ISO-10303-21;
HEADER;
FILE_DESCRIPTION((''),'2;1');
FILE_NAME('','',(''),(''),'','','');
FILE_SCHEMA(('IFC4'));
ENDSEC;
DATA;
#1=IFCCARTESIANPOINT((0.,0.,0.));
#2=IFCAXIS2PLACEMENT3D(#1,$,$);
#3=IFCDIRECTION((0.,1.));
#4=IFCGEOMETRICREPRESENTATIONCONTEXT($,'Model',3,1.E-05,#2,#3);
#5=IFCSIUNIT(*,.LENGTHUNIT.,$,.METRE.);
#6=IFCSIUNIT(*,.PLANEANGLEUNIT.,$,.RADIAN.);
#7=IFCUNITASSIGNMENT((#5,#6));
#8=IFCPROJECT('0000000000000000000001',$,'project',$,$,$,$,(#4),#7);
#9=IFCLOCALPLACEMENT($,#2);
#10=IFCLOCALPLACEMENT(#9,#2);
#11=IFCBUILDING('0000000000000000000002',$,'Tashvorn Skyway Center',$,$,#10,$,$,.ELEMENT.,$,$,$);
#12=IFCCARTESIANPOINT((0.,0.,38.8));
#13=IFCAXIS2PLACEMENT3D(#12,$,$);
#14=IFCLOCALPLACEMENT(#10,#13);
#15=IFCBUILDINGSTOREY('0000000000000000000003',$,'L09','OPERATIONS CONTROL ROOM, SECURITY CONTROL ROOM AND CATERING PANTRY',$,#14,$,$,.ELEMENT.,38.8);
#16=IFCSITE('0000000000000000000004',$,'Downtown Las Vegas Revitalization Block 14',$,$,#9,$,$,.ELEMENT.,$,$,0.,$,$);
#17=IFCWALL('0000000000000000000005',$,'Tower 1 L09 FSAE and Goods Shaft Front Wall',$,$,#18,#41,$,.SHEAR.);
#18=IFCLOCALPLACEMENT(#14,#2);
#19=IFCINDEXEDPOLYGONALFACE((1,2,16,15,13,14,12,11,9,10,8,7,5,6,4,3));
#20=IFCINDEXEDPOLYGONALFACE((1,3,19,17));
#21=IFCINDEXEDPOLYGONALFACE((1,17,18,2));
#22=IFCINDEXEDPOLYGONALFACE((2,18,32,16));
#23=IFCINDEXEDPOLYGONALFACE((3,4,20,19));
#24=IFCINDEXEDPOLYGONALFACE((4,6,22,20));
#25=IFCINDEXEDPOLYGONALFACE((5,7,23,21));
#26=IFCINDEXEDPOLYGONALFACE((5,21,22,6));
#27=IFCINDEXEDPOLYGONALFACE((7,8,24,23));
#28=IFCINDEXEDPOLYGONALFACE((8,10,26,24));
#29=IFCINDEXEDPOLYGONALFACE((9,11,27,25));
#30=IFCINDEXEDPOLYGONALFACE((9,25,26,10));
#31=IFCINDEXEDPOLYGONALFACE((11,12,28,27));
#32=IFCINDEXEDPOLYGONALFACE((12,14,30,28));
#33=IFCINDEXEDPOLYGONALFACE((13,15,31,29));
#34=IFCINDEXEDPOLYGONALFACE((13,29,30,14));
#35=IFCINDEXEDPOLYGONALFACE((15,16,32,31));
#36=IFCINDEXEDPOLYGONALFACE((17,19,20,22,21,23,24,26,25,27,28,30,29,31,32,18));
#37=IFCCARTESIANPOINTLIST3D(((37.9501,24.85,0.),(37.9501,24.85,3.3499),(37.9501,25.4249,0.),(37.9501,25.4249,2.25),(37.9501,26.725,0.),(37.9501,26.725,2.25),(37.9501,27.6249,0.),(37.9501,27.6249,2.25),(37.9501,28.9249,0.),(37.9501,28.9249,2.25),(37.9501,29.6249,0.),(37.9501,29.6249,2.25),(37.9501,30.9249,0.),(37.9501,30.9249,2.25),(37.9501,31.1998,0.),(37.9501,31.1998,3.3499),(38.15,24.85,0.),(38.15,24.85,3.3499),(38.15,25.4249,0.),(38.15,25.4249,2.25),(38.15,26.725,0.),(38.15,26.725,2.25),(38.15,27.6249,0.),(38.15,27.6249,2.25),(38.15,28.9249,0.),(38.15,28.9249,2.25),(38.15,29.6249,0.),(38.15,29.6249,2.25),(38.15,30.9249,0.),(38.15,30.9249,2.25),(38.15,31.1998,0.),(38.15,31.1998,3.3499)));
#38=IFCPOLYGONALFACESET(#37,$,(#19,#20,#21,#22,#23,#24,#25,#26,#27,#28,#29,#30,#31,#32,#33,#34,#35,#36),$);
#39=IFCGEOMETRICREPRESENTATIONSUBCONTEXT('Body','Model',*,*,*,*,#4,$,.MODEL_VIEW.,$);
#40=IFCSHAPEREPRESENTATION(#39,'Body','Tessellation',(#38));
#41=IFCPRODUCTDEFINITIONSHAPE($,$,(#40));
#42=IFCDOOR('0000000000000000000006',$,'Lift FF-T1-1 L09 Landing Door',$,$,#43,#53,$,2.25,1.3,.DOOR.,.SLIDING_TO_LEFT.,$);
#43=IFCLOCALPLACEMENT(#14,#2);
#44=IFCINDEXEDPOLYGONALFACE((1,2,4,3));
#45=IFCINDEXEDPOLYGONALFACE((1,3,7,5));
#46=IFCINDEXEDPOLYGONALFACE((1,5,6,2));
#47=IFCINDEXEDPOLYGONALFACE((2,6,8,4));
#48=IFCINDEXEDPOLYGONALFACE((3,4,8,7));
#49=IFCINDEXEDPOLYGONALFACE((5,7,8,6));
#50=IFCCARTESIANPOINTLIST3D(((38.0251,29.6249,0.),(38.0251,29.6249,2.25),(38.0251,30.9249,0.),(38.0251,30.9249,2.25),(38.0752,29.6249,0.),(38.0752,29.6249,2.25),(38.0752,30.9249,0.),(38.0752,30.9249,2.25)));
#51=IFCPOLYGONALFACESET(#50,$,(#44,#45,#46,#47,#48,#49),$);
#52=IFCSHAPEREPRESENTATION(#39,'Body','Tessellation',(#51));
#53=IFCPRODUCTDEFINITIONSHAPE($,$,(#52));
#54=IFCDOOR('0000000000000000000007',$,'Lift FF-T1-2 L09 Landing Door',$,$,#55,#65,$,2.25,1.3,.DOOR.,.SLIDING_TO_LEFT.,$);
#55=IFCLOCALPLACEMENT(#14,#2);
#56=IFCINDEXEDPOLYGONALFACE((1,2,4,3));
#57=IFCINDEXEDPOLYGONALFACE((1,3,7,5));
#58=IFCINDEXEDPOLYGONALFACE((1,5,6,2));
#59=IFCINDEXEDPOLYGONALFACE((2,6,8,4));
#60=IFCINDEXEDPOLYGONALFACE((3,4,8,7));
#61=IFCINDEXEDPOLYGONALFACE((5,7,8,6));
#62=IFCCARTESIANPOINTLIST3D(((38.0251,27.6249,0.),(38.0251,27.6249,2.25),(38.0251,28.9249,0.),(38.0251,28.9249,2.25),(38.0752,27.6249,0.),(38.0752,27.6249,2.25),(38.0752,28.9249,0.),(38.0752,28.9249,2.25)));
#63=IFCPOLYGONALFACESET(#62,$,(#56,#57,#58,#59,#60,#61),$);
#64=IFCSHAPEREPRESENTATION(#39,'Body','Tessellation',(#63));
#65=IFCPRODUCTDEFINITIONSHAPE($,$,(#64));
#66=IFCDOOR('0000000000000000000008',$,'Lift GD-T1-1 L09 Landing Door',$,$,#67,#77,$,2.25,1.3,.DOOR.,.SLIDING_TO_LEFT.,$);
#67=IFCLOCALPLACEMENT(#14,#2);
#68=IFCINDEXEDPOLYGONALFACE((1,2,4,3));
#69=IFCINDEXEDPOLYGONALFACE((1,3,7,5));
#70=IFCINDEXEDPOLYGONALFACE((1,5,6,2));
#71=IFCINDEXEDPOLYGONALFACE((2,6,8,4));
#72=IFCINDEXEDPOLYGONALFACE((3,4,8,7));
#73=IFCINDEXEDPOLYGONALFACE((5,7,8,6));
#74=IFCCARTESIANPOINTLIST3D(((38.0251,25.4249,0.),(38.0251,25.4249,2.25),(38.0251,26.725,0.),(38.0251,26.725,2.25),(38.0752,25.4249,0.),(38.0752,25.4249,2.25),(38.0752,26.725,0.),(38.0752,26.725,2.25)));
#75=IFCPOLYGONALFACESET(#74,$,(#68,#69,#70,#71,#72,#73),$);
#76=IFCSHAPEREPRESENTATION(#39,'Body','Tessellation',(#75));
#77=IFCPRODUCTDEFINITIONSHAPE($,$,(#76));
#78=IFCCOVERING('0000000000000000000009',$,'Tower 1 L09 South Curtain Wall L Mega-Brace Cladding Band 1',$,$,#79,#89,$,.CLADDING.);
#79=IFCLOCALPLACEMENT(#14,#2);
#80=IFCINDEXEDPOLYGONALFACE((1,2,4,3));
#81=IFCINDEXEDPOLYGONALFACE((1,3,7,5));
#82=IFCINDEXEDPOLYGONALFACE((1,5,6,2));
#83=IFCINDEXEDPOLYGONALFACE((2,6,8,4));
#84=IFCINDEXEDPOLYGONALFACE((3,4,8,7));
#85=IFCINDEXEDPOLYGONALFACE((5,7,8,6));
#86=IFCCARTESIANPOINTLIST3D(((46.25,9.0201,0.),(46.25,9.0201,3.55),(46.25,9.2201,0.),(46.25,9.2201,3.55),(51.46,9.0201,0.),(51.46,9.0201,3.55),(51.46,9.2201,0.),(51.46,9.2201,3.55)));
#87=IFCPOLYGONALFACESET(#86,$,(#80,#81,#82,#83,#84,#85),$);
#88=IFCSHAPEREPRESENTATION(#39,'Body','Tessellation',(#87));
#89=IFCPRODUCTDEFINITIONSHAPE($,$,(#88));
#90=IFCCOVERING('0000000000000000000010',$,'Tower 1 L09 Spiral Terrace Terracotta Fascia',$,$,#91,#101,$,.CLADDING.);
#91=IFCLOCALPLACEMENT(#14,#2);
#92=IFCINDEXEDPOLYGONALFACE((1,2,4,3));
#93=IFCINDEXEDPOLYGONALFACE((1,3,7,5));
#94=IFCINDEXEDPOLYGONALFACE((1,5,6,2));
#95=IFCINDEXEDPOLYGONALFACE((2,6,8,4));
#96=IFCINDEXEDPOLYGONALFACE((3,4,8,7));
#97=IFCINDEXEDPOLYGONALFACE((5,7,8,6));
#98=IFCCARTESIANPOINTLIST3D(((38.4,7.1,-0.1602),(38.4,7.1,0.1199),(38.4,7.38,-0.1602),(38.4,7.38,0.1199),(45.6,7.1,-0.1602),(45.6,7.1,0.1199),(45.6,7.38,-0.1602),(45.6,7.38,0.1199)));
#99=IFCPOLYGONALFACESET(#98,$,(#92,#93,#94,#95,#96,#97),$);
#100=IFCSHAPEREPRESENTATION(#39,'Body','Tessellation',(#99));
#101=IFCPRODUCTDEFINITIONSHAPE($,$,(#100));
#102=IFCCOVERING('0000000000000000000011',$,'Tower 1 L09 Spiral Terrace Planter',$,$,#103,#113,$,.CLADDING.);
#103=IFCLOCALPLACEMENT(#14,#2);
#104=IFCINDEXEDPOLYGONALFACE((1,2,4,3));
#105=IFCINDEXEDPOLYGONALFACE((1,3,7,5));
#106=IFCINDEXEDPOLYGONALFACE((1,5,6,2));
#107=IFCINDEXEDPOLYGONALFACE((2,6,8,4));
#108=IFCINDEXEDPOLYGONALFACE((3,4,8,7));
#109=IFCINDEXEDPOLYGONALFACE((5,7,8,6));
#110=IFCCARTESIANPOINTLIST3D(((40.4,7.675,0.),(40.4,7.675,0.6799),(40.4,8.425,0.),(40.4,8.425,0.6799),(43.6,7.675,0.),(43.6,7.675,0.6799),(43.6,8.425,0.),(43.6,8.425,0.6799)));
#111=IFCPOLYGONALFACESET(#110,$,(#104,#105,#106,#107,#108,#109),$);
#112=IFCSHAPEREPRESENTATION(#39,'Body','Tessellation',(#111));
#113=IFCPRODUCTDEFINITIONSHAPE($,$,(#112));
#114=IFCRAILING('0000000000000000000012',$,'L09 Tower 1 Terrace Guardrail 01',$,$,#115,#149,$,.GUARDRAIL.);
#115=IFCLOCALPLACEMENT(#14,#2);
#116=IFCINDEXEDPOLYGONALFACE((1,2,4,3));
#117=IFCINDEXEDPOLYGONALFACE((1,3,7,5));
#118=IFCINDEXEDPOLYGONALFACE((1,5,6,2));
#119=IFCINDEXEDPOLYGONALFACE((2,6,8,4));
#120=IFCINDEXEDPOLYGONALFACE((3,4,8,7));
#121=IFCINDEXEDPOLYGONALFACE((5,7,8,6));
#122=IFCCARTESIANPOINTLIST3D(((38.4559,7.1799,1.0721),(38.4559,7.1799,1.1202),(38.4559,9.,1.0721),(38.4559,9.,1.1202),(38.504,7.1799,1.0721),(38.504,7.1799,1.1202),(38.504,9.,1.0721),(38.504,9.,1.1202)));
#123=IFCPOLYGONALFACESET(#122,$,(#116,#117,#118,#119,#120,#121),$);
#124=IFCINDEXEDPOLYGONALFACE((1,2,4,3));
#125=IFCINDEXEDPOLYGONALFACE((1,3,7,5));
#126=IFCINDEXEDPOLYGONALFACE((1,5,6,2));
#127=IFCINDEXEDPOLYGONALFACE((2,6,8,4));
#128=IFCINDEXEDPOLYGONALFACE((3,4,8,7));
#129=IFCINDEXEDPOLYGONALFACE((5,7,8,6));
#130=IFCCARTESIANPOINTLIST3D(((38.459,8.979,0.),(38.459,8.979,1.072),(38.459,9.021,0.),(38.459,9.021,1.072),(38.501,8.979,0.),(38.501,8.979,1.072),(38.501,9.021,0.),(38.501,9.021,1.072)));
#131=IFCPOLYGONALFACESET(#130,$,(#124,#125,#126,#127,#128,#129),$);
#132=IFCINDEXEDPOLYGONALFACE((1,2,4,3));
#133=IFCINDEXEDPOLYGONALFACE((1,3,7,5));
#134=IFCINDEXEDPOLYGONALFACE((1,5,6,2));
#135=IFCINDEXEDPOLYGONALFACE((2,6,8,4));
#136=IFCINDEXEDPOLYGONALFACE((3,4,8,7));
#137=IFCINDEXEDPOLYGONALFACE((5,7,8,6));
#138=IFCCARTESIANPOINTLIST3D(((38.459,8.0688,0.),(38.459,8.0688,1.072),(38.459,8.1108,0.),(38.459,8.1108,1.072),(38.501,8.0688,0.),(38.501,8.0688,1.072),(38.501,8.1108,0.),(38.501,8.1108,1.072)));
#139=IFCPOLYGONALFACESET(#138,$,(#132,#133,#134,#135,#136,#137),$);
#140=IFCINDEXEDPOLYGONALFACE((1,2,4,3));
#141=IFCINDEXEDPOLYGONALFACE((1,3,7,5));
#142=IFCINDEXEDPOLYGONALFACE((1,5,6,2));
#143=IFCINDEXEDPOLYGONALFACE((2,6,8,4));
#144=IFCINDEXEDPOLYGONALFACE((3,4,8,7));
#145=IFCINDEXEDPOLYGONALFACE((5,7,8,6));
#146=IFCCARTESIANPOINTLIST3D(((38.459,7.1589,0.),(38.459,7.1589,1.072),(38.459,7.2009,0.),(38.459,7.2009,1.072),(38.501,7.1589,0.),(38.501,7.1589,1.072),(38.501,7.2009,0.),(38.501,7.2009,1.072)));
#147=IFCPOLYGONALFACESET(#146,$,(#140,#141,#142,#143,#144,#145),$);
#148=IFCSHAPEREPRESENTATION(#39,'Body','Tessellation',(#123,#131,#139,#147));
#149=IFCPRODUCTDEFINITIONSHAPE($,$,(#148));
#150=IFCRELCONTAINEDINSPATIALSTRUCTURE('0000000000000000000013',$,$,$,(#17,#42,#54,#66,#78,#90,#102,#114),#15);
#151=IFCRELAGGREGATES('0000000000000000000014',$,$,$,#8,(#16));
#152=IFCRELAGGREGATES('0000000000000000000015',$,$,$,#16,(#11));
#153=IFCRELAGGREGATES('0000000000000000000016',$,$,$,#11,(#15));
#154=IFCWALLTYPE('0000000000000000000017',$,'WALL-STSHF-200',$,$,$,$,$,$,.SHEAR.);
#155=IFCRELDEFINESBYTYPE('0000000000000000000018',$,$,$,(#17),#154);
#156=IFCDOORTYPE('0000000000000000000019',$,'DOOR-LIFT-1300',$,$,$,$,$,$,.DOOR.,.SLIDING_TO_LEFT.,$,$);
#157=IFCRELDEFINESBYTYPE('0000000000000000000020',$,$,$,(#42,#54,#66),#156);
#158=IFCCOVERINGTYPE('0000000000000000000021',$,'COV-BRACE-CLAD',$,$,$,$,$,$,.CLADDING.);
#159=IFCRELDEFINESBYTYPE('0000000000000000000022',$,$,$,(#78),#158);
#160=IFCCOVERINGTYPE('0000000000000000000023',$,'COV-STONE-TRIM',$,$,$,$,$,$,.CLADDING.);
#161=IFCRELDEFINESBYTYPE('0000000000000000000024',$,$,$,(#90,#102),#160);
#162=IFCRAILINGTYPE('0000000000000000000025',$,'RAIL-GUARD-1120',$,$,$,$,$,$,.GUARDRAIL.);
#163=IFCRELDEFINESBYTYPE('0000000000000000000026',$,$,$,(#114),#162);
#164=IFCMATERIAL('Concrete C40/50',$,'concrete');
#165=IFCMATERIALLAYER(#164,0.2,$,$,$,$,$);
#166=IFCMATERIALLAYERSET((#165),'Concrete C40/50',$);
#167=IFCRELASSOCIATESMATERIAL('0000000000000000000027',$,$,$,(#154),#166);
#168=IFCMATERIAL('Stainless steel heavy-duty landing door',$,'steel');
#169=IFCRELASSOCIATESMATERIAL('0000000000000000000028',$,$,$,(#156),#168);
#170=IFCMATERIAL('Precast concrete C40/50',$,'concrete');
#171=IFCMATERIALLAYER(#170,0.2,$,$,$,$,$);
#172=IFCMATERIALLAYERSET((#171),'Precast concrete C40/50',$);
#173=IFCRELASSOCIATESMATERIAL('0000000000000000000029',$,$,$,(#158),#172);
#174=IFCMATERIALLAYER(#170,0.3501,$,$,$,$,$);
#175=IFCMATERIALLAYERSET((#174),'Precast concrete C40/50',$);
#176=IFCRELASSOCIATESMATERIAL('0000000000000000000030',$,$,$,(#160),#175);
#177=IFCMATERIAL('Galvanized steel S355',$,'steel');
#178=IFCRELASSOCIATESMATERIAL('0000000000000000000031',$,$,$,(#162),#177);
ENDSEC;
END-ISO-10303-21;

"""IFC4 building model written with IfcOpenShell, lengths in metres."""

from ifc_helpers import new_model, si_unit, direction, frame, frame_2d, origin, origin_2d, place, context, subcontext, project, spatial, rectangle, extrude, material, layer, layer_set, type_object, element, fill, save


model = new_model("IFC4")

# Units and contexts
model_context = context("Model", 3, precision=1e-05, world=origin(), true_north=direction((0.0, 1.0)))
body_context = subcontext(model_context, "Body", "Model", "MODEL_VIEW")
ifc_project = project(units=[si_unit("LENGTHUNIT", "METRE"), si_unit("PLANEANGLEUNIT", "RADIAN")], contexts=[model_context])

# Site, building, storey
site_placement = place(None, origin())
site = spatial("IfcSite", under=ifc_project, at=site_placement, Name="Downtown Las Vegas Revitalization Block 14", CompositionType="ELEMENT", RefElevation=0.0)
building_placement = place(site_placement, origin())
building = spatial("IfcBuilding", under=site, at=building_placement, Name="Tashvorn Skyway Center", CompositionType="ELEMENT")
storey_placement = place(building_placement, frame((0.0, 0.0, 38.8)))
storey = spatial("IfcBuildingStorey", under=building, at=storey_placement, Name="L09", Description="OPERATIONS CONTROL ROOM, SECURITY CONTROL ROOM AND CATERING PANTRY", CompositionType="ELEMENT", Elevation=38.8)

# Shared definitions
ifc_material_1 = material(Name="Precast concrete C40/50", Category="concrete")

# Shared definitions
ifc_material_2 = material(Name="Concrete C40/50", Category="concrete")
ifc_layer_1 = layer(ifc_material_2, 0.2)
ifc_layer_set_1 = layer_set([ifc_layer_1], Name="Concrete C40/50")
wall_type_1 = type_object("IfcWallType", Name="WALL-STSHF-200", PredefinedType="SHEAR", material=ifc_layer_set_1)

# Wall, openings, doors
wall_1_placement = place(storey_placement, frame((38.05, 24.8501, 0.0), z_axis=(0.0, 0.0, 1.0), x_axis=(0.0, 1.0, 0.0)))
wall_1 = element("IfcWall", 1, at=wall_1_placement, inside=storey, type_object=wall_type_1, Name="Tower 1 L09 FSAE and Goods Shaft Front Wall", PredefinedType="SHEAR", context=body_context, shape_type="SweptSolid", body=[
    extrude(rectangle(XDim=6.3499, YDim=0.2, at=frame_2d((3.1748, 0.0))), origin(), (0.0, 0.0, 1.0), 3.3499),
])
opening_1_placement = place(wall_1_placement, frame((4.7749, 0.0, 0.0)))
opening_1 = element("IfcOpeningElement", 2, at=opening_1_placement, cuts=wall_1, PredefinedType="OPENING", context=body_context, shape_type="SweptSolid", body=[
    extrude(rectangle(XDim=1.3, YDim=2.25, at=frame_2d((0.6499, 1.125))), frame((0.0, 0.1099, 0.0), z_axis=(0.0, -1.0, 0.0), x_axis=(1.0, 0.0, 0.0)), (0.0, 0.0, 1.0), 0.22),
])
opening_2_placement = place(wall_1_placement, frame((2.7749, 0.0, 0.0)))
opening_2 = element("IfcOpeningElement", 3, at=opening_2_placement, cuts=wall_1, PredefinedType="OPENING", context=body_context, shape_type="SweptSolid", body=[
    extrude(rectangle(XDim=1.3, YDim=2.25, at=frame_2d((0.6499, 1.125))), frame((0.0, 0.1099, 0.0), z_axis=(0.0, -1.0, 0.0), x_axis=(1.0, 0.0, 0.0)), (0.0, 0.0, 1.0), 0.22),
])
opening_3_placement = place(wall_1_placement, frame((0.575, 0.0, 0.0)))
opening_3 = element("IfcOpeningElement", 4, at=opening_3_placement, cuts=wall_1, PredefinedType="OPENING", context=body_context, shape_type="SweptSolid", body=[
    extrude(rectangle(XDim=1.3, YDim=2.25, at=frame_2d((0.6499, 1.125))), frame((0.0, 0.1099, 0.0), z_axis=(0.0, -1.0, 0.0), x_axis=(1.0, 0.0, 0.0)), (0.0, 0.0, 1.0), 0.22),
])
ifc_material_3 = material(Name="Stainless steel heavy-duty landing door", Category="steel")
door_type_1 = type_object("IfcDoorType", Name="DOOR-LIFT-1300", OperationType="SLIDING_TO_LEFT", PredefinedType="DOOR", material=ifc_material_3)
door_1_placement = place(opening_1_placement, origin())
door_1 = element("IfcDoor", 5, at=door_1_placement, inside=storey, type_object=door_type_1, Name="Lift FF-T1-1 L09 Landing Door", OperationType="SLIDING_TO_LEFT", OverallHeight=2.25, OverallWidth=1.3, PredefinedType="DOOR", context=body_context, shape_type="SweptSolid", body=[
    extrude(rectangle(XDim=1.3, YDim=2.25, at=frame_2d((0.6499, 1.125))), frame((0.0, 0.0249, 0.0), z_axis=(0.0, -1.0, 0.0), x_axis=(1.0, 0.0, 0.0)), (0.0, 0.0, 1.0), 0.05),
])
fill(opening_1, door_1)
door_2_placement = place(opening_2_placement, origin())
door_2 = element("IfcDoor", 6, at=door_2_placement, inside=storey, type_object=door_type_1, Name="Lift FF-T1-2 L09 Landing Door", OperationType="SLIDING_TO_LEFT", OverallHeight=2.25, OverallWidth=1.3, PredefinedType="DOOR", context=body_context, shape_type="SweptSolid", body=[
    extrude(rectangle(XDim=1.3, YDim=2.25, at=frame_2d((0.6499, 1.125))), frame((0.0, 0.0249, 0.0), z_axis=(0.0, -1.0, 0.0), x_axis=(1.0, 0.0, 0.0)), (0.0, 0.0, 1.0), 0.05),
])
fill(opening_2, door_2)
door_3_placement = place(opening_3_placement, origin())
door_3 = element("IfcDoor", 7, at=door_3_placement, inside=storey, type_object=door_type_1, Name="Lift GD-T1-1 L09 Landing Door", OperationType="SLIDING_TO_LEFT", OverallHeight=2.25, OverallWidth=1.3, PredefinedType="DOOR", context=body_context, shape_type="SweptSolid", body=[
    extrude(rectangle(XDim=1.3, YDim=2.25, at=frame_2d((0.6499, 1.125))), frame((0.0, 0.0249, 0.0), z_axis=(0.0, -1.0, 0.0), x_axis=(1.0, 0.0, 0.0)), (0.0, 0.0, 1.0), 0.05),
])
fill(opening_3, door_3)

# Coverings
ifc_layer_2 = layer(ifc_material_1, 0.2)
ifc_layer_set_2 = layer_set([ifc_layer_2], Name="Precast concrete C40/50")
covering_type_1 = type_object("IfcCoveringType", Name="COV-BRACE-CLAD", PredefinedType="CLADDING", material=ifc_layer_set_2)
covering_1_placement = place(storey_placement, frame((48.855, 9.1201, 0.0), z_axis=(0.0, 0.0, 1.0), x_axis=(-1.0, 0.0, 0.0)))
element("IfcCovering", 8, at=covering_1_placement, inside=storey, type_object=covering_type_1, Name="Tower 1 L09 South Curtain Wall L Mega-Brace Cladding Band 1", PredefinedType="CLADDING", context=body_context, shape_type="SweptSolid", body=[
    extrude(rectangle(XDim=5.21, YDim=0.2, at=origin_2d()), origin(), (0.0, 0.0, 1.0), 3.55),
])
ifc_layer_3 = layer(ifc_material_1, 0.3501)
ifc_layer_set_3 = layer_set([ifc_layer_3], Name="Precast concrete C40/50")
covering_type_2 = type_object("IfcCoveringType", Name="COV-STONE-TRIM", PredefinedType="CLADDING", material=ifc_layer_set_3)
covering_2_placement = place(storey_placement, frame((42.0, 7.24, -0.1602), z_axis=(0.0, 0.0, 1.0), x_axis=(-1.0, 0.0, 0.0)))
element("IfcCovering", 9, at=covering_2_placement, inside=storey, type_object=covering_type_2, Name="Tower 1 L09 Spiral Terrace Terracotta Fascia", PredefinedType="CLADDING", context=body_context, shape_type="SweptSolid", body=[
    extrude(rectangle(XDim=7.2, YDim=0.28, at=origin_2d()), origin(), (0.0, 0.0, 1.0), 0.28),
])
covering_3_placement = place(storey_placement, frame((42.0, 8.05, 0.0), z_axis=(0.0, 0.0, 1.0), x_axis=(-1.0, 0.0, 0.0)))
element("IfcCovering", 10, at=covering_3_placement, inside=storey, type_object=covering_type_2, Name="Tower 1 L09 Spiral Terrace Planter", PredefinedType="CLADDING", context=body_context, shape_type="SweptSolid", body=[
    extrude(rectangle(XDim=3.2, YDim=0.75, at=origin_2d()), origin(), (0.0, 0.0, 1.0), 0.6799),
])

# Railing
ifc_material_4 = material(Name="Galvanized steel S355", Category="steel")
railing_type = type_object("IfcRailingType", Name="RAIL-GUARD-1120", PredefinedType="GUARDRAIL", material=ifc_material_4)
railing_1_placement = place(storey_placement, frame((38.48, 9.0, 0.0)))
element("IfcRailing", 11, at=railing_1_placement, inside=storey, type_object=railing_type, Name="L09 Tower 1 Terrace Guardrail 01", PredefinedType="GUARDRAIL", context=body_context, shape_type="SweptSolid", body=[
    extrude(rectangle(XDim=0.0481, YDim=0.0481, at=origin_2d()), frame((0.0, 0.0, 1.0962), z_axis=(0.0, -1.0, 0.0), x_axis=(1.0, 0.0, 0.0)), (0.0, 0.0, 1.0), 1.8201),
    extrude(rectangle(XDim=0.042, YDim=0.042, at=origin_2d()), origin(), (0.0, 0.0, 1.0), 1.072),
    extrude(rectangle(XDim=0.042, YDim=0.042, at=origin_2d()), frame((0.0, -0.9102, 0.0)), (0.0, 0.0, 1.0), 1.072),
    extrude(rectangle(XDim=0.042, YDim=0.042, at=origin_2d()), frame((0.0, -1.8201, 0.0)), (0.0, 0.0, 1.0), 1.072),
])

save(model, "model.ifc")
